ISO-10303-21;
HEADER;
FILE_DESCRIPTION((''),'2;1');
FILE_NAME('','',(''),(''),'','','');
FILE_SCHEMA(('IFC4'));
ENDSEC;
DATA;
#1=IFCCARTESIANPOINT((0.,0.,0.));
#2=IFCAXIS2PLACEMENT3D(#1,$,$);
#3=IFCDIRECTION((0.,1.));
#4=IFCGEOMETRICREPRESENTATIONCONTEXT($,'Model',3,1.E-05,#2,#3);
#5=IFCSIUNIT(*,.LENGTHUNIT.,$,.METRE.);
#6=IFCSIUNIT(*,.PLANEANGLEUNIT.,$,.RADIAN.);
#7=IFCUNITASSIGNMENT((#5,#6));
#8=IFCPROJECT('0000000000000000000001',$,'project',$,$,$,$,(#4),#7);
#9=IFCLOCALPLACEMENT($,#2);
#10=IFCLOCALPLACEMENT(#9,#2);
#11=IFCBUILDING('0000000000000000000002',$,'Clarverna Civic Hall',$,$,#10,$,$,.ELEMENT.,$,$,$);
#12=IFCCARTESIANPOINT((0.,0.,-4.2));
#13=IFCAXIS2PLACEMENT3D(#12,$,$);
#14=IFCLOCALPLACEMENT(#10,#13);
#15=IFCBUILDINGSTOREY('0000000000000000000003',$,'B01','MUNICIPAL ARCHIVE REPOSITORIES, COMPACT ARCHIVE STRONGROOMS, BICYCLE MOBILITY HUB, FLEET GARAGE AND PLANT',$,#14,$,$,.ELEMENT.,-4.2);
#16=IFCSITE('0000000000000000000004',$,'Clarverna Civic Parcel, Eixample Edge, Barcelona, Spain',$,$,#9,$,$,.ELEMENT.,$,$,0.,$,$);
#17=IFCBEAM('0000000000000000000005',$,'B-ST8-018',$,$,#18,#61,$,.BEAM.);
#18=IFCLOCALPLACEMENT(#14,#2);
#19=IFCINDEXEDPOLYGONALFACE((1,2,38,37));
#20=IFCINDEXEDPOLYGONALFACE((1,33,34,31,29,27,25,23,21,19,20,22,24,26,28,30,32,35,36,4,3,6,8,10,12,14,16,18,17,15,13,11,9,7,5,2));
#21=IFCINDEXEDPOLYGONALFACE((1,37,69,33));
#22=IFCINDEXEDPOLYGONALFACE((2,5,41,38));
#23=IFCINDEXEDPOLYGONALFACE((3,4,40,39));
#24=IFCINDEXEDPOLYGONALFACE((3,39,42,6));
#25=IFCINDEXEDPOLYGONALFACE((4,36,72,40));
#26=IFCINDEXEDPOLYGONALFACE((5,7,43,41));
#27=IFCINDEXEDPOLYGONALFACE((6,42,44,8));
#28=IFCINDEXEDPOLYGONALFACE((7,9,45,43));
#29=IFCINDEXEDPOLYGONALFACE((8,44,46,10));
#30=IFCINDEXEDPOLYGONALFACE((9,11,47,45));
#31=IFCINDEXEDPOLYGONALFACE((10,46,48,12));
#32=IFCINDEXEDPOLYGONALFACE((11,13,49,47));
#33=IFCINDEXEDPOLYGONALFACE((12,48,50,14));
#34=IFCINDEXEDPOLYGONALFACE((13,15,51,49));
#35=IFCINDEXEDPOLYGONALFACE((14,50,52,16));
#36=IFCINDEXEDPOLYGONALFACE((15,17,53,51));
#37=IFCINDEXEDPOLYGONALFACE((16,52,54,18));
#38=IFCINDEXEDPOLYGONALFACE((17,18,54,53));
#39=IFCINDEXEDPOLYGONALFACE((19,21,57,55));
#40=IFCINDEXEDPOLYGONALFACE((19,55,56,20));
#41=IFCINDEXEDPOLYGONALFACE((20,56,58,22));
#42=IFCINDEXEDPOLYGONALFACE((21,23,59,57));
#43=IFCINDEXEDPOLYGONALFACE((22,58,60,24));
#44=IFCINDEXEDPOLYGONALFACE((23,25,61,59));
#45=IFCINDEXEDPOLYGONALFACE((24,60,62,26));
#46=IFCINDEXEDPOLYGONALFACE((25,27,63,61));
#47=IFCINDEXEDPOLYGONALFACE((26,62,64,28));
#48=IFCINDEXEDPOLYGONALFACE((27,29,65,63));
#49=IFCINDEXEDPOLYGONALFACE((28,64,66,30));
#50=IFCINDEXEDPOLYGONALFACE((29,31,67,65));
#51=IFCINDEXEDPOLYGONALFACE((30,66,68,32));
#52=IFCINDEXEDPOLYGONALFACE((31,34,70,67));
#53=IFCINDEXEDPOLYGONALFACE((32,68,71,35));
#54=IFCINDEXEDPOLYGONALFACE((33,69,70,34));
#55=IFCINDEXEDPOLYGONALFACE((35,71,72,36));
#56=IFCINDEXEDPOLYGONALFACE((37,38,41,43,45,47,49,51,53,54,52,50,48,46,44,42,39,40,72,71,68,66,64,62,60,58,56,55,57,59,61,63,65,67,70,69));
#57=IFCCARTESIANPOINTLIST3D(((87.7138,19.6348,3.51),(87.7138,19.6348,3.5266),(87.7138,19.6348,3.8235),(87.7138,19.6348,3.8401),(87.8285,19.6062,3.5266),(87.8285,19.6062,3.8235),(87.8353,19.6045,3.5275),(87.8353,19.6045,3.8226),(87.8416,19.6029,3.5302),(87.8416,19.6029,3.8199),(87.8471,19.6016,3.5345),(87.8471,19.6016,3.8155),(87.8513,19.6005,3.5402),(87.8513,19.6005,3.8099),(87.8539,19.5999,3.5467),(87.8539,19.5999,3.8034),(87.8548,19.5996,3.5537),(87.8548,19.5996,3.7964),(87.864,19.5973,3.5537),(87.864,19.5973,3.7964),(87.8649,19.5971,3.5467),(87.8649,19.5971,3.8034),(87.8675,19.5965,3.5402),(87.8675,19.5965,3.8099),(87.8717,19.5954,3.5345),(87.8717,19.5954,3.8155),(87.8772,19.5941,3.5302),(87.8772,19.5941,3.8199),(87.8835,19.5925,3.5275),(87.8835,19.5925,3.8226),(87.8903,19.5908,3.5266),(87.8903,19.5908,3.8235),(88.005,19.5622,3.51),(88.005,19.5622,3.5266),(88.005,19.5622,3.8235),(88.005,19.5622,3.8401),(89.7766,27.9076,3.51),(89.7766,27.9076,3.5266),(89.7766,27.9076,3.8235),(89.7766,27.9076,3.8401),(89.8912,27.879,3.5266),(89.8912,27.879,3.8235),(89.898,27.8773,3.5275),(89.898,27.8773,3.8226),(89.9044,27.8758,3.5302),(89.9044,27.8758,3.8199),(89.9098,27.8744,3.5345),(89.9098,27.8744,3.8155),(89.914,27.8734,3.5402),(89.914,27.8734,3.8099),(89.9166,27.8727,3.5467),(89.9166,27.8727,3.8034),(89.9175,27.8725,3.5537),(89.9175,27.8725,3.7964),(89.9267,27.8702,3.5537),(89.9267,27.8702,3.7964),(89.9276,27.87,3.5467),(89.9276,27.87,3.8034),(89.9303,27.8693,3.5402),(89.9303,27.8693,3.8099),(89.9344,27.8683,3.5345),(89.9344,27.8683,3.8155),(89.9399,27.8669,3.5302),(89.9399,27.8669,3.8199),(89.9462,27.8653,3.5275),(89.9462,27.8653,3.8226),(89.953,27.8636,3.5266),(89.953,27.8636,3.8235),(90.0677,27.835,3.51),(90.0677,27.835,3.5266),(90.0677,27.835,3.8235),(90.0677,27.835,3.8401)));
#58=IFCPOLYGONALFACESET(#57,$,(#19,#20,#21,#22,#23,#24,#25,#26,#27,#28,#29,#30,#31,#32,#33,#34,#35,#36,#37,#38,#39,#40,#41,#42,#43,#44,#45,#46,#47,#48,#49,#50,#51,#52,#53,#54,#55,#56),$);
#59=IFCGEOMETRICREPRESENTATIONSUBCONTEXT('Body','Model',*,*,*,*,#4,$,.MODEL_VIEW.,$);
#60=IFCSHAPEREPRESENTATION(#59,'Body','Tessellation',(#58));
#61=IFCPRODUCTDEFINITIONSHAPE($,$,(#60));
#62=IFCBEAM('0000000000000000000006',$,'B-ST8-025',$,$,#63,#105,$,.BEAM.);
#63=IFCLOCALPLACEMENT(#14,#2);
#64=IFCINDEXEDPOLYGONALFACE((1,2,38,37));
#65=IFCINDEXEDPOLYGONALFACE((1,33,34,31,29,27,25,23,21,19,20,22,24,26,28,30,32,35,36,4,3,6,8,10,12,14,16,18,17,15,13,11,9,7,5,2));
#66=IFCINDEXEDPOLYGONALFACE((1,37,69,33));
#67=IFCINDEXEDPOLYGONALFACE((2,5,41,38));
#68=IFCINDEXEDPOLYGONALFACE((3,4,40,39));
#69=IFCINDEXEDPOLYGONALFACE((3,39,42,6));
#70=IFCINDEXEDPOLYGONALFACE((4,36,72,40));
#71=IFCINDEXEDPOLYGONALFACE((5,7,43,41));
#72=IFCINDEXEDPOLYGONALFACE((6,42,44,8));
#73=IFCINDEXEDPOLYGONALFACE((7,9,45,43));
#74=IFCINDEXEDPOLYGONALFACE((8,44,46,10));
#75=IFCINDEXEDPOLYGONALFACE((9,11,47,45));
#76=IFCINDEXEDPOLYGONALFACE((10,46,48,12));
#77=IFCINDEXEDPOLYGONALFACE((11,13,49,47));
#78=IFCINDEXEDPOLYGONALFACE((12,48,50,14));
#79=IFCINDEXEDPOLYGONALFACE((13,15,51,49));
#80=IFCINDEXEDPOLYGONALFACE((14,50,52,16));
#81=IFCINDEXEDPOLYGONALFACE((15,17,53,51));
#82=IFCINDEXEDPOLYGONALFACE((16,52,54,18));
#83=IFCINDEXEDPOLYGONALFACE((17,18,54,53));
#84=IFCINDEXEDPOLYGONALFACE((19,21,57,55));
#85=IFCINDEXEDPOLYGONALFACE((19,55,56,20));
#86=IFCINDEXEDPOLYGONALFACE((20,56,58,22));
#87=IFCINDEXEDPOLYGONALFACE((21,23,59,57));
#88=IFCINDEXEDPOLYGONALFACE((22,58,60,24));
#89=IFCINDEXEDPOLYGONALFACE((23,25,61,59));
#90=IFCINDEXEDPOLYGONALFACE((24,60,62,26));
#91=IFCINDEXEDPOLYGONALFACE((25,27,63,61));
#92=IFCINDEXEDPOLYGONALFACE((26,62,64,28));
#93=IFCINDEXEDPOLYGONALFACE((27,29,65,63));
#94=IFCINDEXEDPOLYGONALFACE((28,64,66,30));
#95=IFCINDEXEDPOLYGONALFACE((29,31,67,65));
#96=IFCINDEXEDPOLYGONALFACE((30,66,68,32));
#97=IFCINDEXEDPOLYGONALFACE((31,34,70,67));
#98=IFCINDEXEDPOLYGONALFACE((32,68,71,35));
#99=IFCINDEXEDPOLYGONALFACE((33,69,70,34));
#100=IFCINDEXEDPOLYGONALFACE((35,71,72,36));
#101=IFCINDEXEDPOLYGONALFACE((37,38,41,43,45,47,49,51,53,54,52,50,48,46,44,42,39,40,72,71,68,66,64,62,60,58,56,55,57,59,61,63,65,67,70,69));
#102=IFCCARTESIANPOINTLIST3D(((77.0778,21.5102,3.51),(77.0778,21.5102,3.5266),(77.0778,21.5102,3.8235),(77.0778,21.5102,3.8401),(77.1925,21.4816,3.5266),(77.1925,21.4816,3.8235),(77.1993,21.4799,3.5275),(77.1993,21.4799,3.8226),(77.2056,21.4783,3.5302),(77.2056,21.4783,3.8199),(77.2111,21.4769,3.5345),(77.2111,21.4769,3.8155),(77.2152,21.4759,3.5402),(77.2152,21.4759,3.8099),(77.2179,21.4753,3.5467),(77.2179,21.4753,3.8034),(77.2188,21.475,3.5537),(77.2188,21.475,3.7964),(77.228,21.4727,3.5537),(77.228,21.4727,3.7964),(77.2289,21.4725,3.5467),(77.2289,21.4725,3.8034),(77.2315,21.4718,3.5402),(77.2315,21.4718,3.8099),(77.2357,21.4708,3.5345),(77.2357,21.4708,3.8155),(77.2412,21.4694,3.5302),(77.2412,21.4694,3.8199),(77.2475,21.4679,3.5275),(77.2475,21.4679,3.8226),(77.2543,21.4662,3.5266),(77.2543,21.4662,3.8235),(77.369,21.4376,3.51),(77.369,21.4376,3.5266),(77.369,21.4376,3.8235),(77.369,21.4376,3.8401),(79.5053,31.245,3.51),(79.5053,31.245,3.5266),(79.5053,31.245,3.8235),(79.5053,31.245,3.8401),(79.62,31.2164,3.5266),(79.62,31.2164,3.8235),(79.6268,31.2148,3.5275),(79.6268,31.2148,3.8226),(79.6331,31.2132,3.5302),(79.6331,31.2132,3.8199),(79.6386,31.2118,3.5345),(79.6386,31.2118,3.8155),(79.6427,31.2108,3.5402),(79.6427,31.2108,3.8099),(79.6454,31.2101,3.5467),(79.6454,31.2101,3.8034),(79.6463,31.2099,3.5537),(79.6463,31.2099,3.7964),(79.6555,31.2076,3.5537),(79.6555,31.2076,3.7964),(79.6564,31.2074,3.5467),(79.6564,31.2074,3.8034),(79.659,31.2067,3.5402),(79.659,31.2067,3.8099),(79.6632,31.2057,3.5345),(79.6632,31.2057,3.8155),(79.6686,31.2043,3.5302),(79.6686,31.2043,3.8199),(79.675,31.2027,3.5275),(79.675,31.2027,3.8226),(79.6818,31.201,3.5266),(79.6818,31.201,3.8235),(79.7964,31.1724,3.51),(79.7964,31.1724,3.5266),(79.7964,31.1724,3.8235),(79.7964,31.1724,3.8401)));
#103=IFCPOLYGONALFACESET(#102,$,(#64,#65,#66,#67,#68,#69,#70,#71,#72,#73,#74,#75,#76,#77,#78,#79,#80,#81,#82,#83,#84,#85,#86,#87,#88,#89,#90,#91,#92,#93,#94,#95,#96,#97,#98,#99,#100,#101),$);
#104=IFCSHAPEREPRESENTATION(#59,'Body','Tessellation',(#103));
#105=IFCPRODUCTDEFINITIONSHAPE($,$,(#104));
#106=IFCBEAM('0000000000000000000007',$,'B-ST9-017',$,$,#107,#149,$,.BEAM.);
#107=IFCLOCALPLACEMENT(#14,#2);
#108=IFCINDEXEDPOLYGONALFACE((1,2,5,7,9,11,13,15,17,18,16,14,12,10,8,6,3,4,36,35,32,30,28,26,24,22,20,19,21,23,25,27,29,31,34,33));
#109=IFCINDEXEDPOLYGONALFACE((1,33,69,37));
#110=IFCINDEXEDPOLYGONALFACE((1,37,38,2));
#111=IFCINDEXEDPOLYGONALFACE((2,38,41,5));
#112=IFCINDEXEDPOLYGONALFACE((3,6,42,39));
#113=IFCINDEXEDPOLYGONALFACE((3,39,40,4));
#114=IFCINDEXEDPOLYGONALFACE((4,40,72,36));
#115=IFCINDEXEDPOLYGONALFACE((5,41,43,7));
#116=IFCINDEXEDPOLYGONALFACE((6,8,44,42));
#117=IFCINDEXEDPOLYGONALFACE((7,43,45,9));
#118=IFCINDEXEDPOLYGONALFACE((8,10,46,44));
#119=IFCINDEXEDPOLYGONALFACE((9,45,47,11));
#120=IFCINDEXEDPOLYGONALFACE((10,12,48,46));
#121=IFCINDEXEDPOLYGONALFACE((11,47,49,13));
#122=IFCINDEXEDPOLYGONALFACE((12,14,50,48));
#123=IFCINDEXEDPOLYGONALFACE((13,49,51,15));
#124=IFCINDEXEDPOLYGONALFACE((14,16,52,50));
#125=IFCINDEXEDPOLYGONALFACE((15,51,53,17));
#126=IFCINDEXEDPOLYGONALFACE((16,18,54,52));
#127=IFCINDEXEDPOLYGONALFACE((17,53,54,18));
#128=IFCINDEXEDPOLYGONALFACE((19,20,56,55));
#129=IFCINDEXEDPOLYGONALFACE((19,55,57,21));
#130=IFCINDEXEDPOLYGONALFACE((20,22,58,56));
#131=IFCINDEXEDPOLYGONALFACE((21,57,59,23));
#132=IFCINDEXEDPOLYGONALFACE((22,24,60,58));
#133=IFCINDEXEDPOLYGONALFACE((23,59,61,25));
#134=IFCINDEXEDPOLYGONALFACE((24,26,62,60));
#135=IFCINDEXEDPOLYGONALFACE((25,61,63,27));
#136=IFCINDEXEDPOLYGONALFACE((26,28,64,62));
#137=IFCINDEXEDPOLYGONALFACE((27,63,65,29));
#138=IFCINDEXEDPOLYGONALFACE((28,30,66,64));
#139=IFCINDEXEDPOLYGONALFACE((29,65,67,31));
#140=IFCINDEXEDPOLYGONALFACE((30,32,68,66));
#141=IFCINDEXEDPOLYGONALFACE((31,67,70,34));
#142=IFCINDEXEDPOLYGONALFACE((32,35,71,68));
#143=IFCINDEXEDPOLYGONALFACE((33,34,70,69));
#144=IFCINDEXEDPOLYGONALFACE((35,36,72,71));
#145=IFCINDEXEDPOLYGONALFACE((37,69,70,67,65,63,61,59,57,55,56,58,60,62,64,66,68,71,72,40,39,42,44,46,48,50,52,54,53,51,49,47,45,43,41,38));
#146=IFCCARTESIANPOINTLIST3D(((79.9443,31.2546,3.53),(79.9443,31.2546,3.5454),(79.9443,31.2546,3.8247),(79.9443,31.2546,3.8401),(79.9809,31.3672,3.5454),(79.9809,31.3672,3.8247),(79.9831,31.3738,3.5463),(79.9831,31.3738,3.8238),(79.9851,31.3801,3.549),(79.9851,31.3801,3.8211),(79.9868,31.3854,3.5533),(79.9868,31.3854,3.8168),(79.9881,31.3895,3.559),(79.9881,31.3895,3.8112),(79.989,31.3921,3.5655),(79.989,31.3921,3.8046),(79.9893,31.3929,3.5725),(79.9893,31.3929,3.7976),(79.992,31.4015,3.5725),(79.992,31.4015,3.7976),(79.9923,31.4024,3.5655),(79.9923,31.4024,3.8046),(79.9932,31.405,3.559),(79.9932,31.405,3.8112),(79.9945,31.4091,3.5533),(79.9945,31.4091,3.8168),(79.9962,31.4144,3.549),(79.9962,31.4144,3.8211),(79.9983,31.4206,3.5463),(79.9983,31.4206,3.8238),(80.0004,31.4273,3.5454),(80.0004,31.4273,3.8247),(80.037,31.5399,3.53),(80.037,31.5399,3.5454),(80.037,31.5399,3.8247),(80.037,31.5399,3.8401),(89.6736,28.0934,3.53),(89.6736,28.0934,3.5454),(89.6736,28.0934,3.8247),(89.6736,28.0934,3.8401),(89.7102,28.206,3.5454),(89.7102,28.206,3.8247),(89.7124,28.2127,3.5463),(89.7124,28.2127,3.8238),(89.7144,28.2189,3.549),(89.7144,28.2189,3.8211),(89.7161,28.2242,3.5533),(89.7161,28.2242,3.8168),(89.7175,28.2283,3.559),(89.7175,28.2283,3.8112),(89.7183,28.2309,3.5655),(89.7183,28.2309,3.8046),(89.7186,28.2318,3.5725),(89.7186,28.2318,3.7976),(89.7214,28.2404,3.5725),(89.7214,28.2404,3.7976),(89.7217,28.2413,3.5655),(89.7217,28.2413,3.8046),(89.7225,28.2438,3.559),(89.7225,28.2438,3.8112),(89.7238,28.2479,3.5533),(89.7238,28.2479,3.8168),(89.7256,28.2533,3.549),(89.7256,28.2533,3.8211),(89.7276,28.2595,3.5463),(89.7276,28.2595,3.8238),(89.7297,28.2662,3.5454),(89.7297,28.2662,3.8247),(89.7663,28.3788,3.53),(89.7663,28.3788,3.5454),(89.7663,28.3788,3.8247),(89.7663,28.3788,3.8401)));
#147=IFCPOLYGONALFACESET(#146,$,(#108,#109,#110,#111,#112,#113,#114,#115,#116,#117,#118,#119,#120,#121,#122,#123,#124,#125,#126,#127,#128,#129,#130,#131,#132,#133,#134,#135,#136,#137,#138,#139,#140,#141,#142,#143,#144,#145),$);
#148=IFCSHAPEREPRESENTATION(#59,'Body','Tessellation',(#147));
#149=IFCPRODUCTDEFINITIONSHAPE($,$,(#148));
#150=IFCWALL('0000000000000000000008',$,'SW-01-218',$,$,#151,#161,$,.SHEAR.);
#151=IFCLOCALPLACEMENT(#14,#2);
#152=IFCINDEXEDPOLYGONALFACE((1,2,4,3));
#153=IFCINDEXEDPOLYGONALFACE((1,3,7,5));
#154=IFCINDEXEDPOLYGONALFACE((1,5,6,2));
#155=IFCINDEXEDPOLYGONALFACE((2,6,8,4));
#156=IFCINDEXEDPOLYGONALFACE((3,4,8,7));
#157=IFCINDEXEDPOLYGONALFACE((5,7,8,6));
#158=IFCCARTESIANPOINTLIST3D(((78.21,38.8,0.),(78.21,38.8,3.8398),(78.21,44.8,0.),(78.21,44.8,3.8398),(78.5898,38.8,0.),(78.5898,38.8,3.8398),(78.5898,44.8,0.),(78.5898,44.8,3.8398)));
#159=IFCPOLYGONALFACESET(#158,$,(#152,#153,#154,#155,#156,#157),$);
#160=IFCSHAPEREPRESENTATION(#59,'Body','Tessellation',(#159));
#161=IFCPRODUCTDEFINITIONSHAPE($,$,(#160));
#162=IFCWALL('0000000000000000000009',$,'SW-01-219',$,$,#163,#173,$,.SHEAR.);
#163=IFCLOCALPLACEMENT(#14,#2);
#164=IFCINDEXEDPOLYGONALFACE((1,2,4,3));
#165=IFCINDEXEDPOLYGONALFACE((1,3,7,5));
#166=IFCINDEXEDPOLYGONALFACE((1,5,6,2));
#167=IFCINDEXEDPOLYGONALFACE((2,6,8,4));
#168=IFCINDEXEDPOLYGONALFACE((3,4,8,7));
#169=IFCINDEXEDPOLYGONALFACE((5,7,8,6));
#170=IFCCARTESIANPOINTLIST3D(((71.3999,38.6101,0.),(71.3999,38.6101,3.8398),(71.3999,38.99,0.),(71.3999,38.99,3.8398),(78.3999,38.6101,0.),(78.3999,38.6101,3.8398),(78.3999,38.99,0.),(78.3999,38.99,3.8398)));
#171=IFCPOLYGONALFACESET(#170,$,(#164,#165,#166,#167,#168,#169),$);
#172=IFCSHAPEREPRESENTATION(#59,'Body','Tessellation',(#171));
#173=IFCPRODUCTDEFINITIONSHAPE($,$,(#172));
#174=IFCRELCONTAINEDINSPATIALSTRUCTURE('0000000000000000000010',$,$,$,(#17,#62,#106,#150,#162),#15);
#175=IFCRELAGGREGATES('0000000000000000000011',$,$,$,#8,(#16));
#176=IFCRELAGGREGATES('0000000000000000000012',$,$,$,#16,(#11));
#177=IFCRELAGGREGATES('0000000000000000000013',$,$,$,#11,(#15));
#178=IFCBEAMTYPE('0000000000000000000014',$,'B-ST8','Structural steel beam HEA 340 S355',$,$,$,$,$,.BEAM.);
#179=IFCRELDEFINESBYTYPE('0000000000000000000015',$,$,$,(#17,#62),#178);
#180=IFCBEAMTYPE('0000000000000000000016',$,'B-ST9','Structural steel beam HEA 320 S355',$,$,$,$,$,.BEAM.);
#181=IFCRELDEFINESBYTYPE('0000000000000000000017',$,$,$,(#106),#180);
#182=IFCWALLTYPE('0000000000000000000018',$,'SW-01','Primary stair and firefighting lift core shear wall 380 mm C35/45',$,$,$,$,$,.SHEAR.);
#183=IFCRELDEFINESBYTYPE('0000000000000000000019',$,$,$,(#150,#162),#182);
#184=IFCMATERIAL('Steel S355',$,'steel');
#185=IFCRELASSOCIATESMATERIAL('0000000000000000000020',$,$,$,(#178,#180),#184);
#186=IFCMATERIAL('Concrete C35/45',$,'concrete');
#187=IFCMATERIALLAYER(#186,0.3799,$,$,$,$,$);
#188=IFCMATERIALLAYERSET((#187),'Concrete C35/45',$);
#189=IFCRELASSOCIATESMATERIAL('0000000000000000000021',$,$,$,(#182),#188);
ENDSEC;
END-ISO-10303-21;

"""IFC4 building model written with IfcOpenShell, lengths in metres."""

from ifc_helpers import new_model, si_unit, direction, frame, frame_2d, origin, origin_2d, place, context, subcontext, project, spatial, rectangle, i_section, extrude, material, layer, layer_set, material_profile, profile_set, type_object, element, save


model = new_model("IFC4")

# Units and contexts
model_context = context("Model", 3, precision=1e-05, world=origin(), true_north=direction((0.0, 1.0)))
body_context = subcontext(model_context, "Body", "Model", "MODEL_VIEW")
ifc_project = project(units=[si_unit("LENGTHUNIT", "METRE"), si_unit("PLANEANGLEUNIT", "RADIAN")], contexts=[model_context])

# Site, building, storey
site_placement = place(None, origin())
site = spatial("IfcSite", under=ifc_project, at=site_placement, Name="Clarverna Civic Parcel, Eixample Edge, Barcelona, Spain", CompositionType="ELEMENT", RefElevation=0.0)
building_placement = place(site_placement, origin())
building = spatial("IfcBuilding", under=site, at=building_placement, Name="Clarverna Civic Hall", CompositionType="ELEMENT")
storey_placement = place(building_placement, frame((0.0, 0.0, -4.2)))
storey = spatial("IfcBuildingStorey", under=building, at=storey_placement, Name="B01", Description="MUNICIPAL ARCHIVE REPOSITORIES, COMPACT ARCHIVE STRONGROOMS, BICYCLE MOBILITY HUB, FLEET GARAGE AND PLANT", CompositionType="ELEMENT", Elevation=-4.2)

# Shared definitions
ifc_material_1 = material(Name="Concrete C35/45", Category="concrete")

# Beams
ifc_material_2 = material(Name="Steel S355", Category="steel")
ifc_material_profile_1 = material_profile(ifc_material_2, i_section(OverallWidth=0.3, OverallDepth=0.3301, WebThickness=0.0095, FlangeThickness=0.0166, FilletRadius=0.0271, at=origin_2d()), Name="HEA 340")
ifc_profile_set_1 = profile_set([ifc_material_profile_1], Name="Steel S355")
beam_type_1 = type_object("IfcBeamType", Name="B-ST8", Description="Structural steel beam HEA 340 S355", PredefinedType="BEAM", material=ifc_profile_set_1)
beam_1_placement = place(storey_placement, frame((89.9221, 27.8713, 3.675), z_axis=(-0.241929, -0.970294, 0.0), x_axis=(0.970294, -0.241929, 0.0)))
element("IfcBeam", 1, at=beam_1_placement, inside=storey, type_object=beam_type_1, Name="B-ST8-018", PredefinedType="BEAM", context=body_context, shape_type="SweptSolid", body=[
    extrude(i_section(OverallWidth=0.3, OverallDepth=0.3301, WebThickness=0.0095, FlangeThickness=0.0166, FilletRadius=0.0271, at=origin_2d()), origin(), (0.0, 0.0, 1.0), 8.5261),
])
beam_2_placement = place(storey_placement, frame((79.6509, 31.2087, 3.675), z_axis=(-0.241952, -0.970288, 0.0), x_axis=(0.970288, -0.241952, 0.0)))
element("IfcBeam", 2, at=beam_2_placement, inside=storey, type_object=beam_type_1, Name="B-ST8-025", PredefinedType="BEAM", context=body_context, shape_type="SweptSolid", body=[
    extrude(i_section(OverallWidth=0.3, OverallDepth=0.3301, WebThickness=0.0095, FlangeThickness=0.0166, FilletRadius=0.0271, at=origin_2d()), origin(), (0.0, 0.0, 1.0), 10.033),
])
ifc_material_profile_2 = material_profile(ifc_material_2, i_section(OverallWidth=0.3, OverallDepth=0.3101, WebThickness=0.009, FlangeThickness=0.0154, FilletRadius=0.0271, at=origin_2d()), Name="HEA 320")
ifc_profile_set_2 = profile_set([ifc_material_profile_2], Name="Steel S355")
beam_type_2 = type_object("IfcBeamType", Name="B-ST9", Description="Structural steel beam HEA 320 S355", PredefinedType="BEAM", material=ifc_profile_set_2)
beam_3_placement = place(storey_placement, frame((89.72, 28.2361, 3.6851), z_axis=(-0.951059, 0.309009, 0.0), x_axis=(-0.309009, -0.951059, 0.0)))
element("IfcBeam", 3, at=beam_3_placement, inside=storey, type_object=beam_type_2, Name="B-ST9-017", PredefinedType="BEAM", context=body_context, shape_type="SweptSolid", body=[
    extrude(i_section(OverallWidth=0.3, OverallDepth=0.3101, WebThickness=0.009, FlangeThickness=0.0154, FilletRadius=0.0271, at=origin_2d()), origin(), (0.0, 0.0, 1.0), 10.23),
])

# Shared definitions
ifc_layer = layer(ifc_material_1, 0.3799)
ifc_layer_set = layer_set([ifc_layer], Name="Concrete C35/45")
wall_type = type_object("IfcWallType", Name="SW-01", Description="Primary stair and firefighting lift core shear wall 380 mm C35/45", PredefinedType="SHEAR", material=ifc_layer_set)

# Walls
wall_1_placement = place(storey_placement, frame((78.3999, 38.8, 0.0), z_axis=(0.0, 0.0, 1.0), x_axis=(0.0, 1.0, 0.0)))
element("IfcWall", 4, at=wall_1_placement, inside=storey, type_object=wall_type, Name="SW-01-218", PredefinedType="SHEAR", context=body_context, shape_type="SweptSolid", body=[
    extrude(rectangle(XDim=6.0, YDim=0.3799, at=frame_2d((3.0, 0.0))), origin(), (0.0, 0.0, 1.0), 3.8398),
])
wall_2_placement = place(storey_placement, frame((71.3999, 38.8, 0.0), z_axis=(0.0, 0.0, 1.0), x_axis=(1.0, 0.0, 0.0)))
element("IfcWall", 5, at=wall_2_placement, inside=storey, type_object=wall_type, Name="SW-01-219", PredefinedType="SHEAR", context=body_context, shape_type="SweptSolid", body=[
    extrude(rectangle(XDim=7.0, YDim=0.3799, at=frame_2d((3.5, 0.0))), origin(), (0.0, 0.0, 1.0), 3.8398),
])

save(model, "model.ifc")
